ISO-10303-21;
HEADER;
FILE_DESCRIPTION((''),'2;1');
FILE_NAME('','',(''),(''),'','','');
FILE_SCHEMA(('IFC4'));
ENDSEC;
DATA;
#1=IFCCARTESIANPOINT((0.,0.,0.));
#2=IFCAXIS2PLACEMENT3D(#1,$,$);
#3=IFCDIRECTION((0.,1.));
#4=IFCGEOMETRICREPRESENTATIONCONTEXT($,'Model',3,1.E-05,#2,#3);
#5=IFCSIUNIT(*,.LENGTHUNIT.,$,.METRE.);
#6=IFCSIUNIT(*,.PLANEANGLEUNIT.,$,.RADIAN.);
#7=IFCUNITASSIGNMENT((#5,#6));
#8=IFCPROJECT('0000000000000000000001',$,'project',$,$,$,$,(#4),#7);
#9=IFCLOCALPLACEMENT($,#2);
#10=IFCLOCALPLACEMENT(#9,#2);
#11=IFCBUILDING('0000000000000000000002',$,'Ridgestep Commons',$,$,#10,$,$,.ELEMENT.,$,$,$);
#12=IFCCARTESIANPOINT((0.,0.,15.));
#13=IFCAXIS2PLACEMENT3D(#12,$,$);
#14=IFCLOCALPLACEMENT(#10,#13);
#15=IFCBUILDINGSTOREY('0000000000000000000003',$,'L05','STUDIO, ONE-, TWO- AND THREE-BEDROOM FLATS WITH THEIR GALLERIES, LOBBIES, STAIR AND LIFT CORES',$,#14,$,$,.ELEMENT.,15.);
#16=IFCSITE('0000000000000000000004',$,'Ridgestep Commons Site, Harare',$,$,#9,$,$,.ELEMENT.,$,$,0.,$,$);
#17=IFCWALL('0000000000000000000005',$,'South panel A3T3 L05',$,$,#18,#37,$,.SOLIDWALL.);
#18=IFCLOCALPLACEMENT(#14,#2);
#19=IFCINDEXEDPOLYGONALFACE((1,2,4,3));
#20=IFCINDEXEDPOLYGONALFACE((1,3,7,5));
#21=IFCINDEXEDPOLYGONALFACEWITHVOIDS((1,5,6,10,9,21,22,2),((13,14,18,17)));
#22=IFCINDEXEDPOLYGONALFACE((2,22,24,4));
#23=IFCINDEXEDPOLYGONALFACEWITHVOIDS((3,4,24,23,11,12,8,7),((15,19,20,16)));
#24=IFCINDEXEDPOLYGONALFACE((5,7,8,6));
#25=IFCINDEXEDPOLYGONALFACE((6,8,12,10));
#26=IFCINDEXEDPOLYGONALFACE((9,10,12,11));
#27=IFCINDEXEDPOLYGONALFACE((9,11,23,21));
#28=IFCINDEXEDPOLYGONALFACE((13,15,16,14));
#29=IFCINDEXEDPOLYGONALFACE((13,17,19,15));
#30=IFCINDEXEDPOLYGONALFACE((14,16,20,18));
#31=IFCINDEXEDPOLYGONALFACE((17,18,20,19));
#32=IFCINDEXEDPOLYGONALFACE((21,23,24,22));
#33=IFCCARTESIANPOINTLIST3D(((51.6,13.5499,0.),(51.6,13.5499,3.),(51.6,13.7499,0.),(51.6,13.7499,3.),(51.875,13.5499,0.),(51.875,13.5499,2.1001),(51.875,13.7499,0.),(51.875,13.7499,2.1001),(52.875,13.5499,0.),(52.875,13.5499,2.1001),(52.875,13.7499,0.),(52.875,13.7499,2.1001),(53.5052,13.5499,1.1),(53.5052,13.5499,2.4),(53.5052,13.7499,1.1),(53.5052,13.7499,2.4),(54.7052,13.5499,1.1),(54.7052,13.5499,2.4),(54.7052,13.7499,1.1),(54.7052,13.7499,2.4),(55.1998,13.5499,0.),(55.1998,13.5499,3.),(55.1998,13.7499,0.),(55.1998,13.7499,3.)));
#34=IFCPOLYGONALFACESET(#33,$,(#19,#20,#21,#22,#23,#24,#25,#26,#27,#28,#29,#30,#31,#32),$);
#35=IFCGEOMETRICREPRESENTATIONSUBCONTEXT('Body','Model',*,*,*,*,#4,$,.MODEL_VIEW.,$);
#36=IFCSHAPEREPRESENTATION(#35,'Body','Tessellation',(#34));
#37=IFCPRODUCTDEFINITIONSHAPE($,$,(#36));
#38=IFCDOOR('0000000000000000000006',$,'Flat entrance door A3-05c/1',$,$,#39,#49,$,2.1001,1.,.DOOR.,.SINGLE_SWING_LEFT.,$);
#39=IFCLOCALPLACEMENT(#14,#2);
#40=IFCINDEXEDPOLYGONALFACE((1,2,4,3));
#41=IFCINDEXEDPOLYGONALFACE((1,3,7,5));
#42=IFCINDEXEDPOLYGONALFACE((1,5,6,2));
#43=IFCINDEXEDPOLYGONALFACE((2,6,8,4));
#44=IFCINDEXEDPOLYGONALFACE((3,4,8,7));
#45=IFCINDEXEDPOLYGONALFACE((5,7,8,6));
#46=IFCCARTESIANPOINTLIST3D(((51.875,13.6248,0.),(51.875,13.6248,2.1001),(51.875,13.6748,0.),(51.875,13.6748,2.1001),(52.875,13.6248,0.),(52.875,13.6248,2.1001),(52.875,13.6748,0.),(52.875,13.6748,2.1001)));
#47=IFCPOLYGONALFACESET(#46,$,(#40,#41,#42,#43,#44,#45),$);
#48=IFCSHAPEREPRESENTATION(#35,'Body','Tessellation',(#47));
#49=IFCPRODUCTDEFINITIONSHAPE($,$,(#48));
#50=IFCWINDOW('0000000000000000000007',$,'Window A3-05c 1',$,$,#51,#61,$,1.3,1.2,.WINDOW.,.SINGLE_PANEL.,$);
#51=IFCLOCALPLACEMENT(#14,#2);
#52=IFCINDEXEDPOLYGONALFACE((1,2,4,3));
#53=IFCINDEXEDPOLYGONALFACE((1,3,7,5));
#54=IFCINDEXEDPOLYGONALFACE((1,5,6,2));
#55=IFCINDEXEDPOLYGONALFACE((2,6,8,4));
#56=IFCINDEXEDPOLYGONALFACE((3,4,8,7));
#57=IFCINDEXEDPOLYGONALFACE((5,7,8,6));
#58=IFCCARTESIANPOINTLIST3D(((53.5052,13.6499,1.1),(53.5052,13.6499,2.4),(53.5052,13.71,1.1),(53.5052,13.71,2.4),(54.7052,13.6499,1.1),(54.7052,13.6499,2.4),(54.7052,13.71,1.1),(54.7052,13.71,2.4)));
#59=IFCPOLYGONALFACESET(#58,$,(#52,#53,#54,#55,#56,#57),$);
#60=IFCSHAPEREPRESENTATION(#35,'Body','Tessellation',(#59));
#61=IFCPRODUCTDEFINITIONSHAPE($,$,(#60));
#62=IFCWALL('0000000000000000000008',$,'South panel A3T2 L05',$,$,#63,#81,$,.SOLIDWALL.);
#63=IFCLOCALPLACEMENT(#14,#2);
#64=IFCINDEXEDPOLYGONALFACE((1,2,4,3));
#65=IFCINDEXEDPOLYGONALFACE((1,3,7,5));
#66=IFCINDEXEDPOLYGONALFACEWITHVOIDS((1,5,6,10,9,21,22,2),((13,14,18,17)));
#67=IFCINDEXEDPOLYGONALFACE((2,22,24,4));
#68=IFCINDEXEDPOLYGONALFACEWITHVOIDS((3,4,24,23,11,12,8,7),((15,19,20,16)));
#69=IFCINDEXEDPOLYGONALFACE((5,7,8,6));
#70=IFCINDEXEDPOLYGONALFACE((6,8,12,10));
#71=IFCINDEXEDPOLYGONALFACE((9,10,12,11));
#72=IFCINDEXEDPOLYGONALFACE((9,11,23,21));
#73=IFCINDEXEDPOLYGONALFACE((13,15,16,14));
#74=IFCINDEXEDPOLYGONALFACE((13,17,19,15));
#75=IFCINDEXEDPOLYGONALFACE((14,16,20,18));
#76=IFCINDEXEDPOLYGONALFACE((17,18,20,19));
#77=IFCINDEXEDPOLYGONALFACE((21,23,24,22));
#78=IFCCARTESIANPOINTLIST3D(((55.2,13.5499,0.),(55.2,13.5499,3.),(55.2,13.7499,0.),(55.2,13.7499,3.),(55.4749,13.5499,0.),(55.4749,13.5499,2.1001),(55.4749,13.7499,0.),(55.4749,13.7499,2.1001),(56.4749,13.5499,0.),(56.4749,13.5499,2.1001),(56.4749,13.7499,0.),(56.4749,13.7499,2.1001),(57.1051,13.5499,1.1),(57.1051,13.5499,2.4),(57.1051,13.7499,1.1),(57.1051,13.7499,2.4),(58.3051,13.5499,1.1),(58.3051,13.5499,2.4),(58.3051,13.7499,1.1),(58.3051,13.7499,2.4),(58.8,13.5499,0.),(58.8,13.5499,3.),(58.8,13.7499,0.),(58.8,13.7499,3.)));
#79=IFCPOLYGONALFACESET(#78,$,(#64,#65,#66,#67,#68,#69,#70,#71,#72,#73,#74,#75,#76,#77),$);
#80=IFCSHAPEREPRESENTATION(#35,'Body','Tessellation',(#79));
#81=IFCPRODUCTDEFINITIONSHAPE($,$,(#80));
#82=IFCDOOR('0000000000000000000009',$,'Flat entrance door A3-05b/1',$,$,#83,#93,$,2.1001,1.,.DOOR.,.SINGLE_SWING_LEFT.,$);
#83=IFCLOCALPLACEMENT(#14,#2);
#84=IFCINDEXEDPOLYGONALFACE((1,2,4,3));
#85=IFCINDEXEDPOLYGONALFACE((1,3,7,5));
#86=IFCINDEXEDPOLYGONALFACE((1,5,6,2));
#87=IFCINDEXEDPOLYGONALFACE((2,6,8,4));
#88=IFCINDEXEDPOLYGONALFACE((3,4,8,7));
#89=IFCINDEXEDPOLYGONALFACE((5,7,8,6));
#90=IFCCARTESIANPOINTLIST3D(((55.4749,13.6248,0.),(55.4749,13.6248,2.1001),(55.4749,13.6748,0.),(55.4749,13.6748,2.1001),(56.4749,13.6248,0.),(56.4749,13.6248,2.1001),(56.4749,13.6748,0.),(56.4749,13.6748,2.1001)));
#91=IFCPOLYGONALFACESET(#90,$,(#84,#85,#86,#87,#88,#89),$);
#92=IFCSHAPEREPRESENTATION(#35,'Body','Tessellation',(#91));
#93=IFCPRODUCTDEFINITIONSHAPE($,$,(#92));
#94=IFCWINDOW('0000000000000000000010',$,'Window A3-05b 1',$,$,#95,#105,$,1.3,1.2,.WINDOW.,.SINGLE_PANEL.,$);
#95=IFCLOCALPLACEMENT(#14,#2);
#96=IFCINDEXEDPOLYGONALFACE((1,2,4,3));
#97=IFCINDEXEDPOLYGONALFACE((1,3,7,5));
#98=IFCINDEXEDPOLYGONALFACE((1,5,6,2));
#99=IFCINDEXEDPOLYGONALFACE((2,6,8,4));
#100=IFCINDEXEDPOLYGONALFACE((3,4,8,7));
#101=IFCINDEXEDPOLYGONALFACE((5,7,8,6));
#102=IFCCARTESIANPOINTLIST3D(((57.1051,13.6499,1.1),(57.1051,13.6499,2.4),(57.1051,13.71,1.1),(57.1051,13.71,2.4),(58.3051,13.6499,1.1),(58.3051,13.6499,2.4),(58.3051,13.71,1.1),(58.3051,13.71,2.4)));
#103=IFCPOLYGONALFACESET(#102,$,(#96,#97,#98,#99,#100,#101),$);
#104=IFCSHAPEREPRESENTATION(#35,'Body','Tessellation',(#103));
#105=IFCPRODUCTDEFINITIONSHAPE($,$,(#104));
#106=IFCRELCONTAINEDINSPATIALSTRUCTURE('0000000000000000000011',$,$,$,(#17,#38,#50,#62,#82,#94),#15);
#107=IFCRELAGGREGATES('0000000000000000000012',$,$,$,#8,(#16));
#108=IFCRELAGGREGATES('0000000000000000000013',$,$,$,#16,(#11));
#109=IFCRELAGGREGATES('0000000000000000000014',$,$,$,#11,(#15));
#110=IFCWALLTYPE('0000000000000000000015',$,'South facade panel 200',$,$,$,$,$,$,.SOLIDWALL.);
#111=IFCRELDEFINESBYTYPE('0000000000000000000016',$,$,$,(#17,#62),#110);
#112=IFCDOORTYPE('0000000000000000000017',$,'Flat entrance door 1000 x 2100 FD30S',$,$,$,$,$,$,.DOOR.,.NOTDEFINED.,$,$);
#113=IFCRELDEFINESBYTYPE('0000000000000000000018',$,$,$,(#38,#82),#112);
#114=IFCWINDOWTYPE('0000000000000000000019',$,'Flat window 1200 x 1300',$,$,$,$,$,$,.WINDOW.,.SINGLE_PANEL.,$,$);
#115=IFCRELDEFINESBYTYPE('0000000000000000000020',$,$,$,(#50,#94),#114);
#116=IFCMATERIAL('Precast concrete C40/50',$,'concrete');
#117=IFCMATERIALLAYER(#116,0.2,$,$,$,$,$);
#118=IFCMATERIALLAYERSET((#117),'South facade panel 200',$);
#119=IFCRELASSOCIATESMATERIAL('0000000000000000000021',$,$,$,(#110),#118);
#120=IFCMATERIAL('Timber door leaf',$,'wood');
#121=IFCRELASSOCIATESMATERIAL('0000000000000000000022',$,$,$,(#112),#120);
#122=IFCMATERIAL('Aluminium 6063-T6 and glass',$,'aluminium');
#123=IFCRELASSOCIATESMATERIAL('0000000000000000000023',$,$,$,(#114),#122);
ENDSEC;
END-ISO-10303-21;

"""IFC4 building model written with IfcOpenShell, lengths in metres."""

from ifc_helpers import new_model, si_unit, direction, frame, frame_2d, origin, place, context, subcontext, project, spatial, rectangle, extrude, material, layer, layer_set, type_object, element, fill, save


model = new_model("IFC4")

# Units and contexts
model_context = context("Model", 3, precision=1e-05, world=origin(), true_north=direction((0.0, 1.0)))
body_context = subcontext(model_context, "Body", "Model", "MODEL_VIEW")
ifc_project = project(units=[si_unit("LENGTHUNIT", "METRE"), si_unit("PLANEANGLEUNIT", "RADIAN")], contexts=[model_context])

# Site, building, storey
site_placement = place(None, origin())
site = spatial("IfcSite", under=ifc_project, at=site_placement, Name="Ridgestep Commons Site, Harare", CompositionType="ELEMENT", RefElevation=0.0)
building_placement = place(site_placement, origin())
building = spatial("IfcBuilding", under=site, at=building_placement, Name="Ridgestep Commons", CompositionType="ELEMENT")
storey_placement = place(building_placement, frame((0.0, 0.0, 15.0)))
storey = spatial("IfcBuildingStorey", under=building, at=storey_placement, Name="L05", Description="STUDIO, ONE-, TWO- AND THREE-BEDROOM FLATS WITH THEIR GALLERIES, LOBBIES, STAIR AND LIFT CORES", CompositionType="ELEMENT", Elevation=15.0)

# Walls, openings, doors, windows
ifc_material_1 = material(Name="Precast concrete C40/50", Category="concrete")
ifc_layer_1 = layer(ifc_material_1, 0.2)
ifc_layer_set_1 = layer_set([ifc_layer_1], Name="South facade panel 200")
wall_type_1 = type_object("IfcWallType", Name="South facade panel 200", PredefinedType="SOLIDWALL", material=ifc_layer_set_1)
wall_1_placement = place(storey_placement, frame((51.6001, 13.6499, 0.0), z_axis=(0.0, 0.0, 1.0), x_axis=(1.0, 0.0, 0.0)))
wall_1 = element("IfcWall", 1, at=wall_1_placement, inside=storey, type_object=wall_type_1, Name="South panel A3T3 L05", PredefinedType="SOLIDWALL", context=body_context, shape_type="SweptSolid", body=[
    extrude(rectangle(XDim=3.5999, YDim=0.2, at=frame_2d((1.7998, 0.0))), origin(), (0.0, 0.0, 1.0), 3.0),
])
opening_1_placement = place(wall_1_placement, frame((1.905, 0.0, 1.1001)))
opening_1 = element("IfcOpeningElement", 2, at=opening_1_placement, cuts=wall_1, PredefinedType="OPENING", context=body_context, shape_type="SweptSolid", body=[
    extrude(rectangle(XDim=1.2, YDim=1.3, at=frame_2d((0.6001, 0.6499))), frame((0.0, 0.1099, 0.0), z_axis=(0.0, -1.0, 0.0), x_axis=(1.0, 0.0, 0.0)), (0.0, 0.0, 1.0), 0.22),
])
opening_2_placement = place(wall_1_placement, frame((0.2749, 0.0, 0.0)))
opening_2 = element("IfcOpeningElement", 3, at=opening_2_placement, cuts=wall_1, PredefinedType="OPENING", context=body_context, shape_type="SweptSolid", body=[
    extrude(rectangle(XDim=1.0, YDim=2.1001, at=frame_2d((0.5, 1.05))), frame((0.0, 0.1099, 0.0), z_axis=(0.0, -1.0, 0.0), x_axis=(1.0, 0.0, 0.0)), (0.0, 0.0, 1.0), 0.22),
])
ifc_material_2 = material(Name="Timber door leaf", Category="wood")
door_type_1 = type_object("IfcDoorType", Name="Flat entrance door 1000 x 2100 FD30S", OperationType="NOTDEFINED", PredefinedType="DOOR", material=ifc_material_2)
door_1_placement = place(opening_2_placement, origin())
door_1 = element("IfcDoor", 4, at=door_1_placement, inside=storey, type_object=door_type_1, Name="Flat entrance door A3-05c/1", OperationType="SINGLE_SWING_LEFT", OverallHeight=2.1001, OverallWidth=1.0, PredefinedType="DOOR", context=body_context, shape_type="SweptSolid", body=[
    extrude(rectangle(XDim=1.0, YDim=2.1001, at=frame_2d((0.5, 1.05))), frame((0.0, 0.0249, 0.0), z_axis=(0.0, -1.0, 0.0), x_axis=(1.0, 0.0, 0.0)), (0.0, 0.0, 1.0), 0.05),
])
fill(opening_2, door_1)
ifc_material_3 = material(Name="Aluminium 6063-T6 and glass", Category="aluminium")
window_type = type_object("IfcWindowType", Name="Flat window 1200 x 1300", PartitioningType="SINGLE_PANEL", PredefinedType="WINDOW", material=ifc_material_3)
window_1_placement = place(opening_1_placement, origin())
window_1 = element("IfcWindow", 5, at=window_1_placement, inside=storey, type_object=window_type, Name="Window A3-05c 1", OverallHeight=1.3, OverallWidth=1.2, PartitioningType="SINGLE_PANEL", PredefinedType="WINDOW", context=body_context, shape_type="SweptSolid", body=[
    extrude(rectangle(XDim=1.2, YDim=1.3, at=frame_2d((0.6001, 0.6499))), frame((0.0, 0.0601, 0.0), z_axis=(0.0, -1.0, 0.0), x_axis=(1.0, 0.0, 0.0)), (0.0, 0.0, 1.0), 0.0601),
])
fill(opening_1, window_1)
wall_2_placement = place(storey_placement, frame((55.2, 13.6499, 0.0), z_axis=(0.0, 0.0, 1.0), x_axis=(1.0, 0.0, 0.0)))
wall_2 = element("IfcWall", 6, at=wall_2_placement, inside=storey, type_object=wall_type_1, Name="South panel A3T2 L05", PredefinedType="SOLIDWALL", context=body_context, shape_type="SweptSolid", body=[
    extrude(rectangle(XDim=3.6001, YDim=0.2, at=frame_2d((1.8, 0.0))), origin(), (0.0, 0.0, 1.0), 3.0),
])
opening_3_placement = place(wall_2_placement, frame((1.905, 0.0, 1.1001)))
opening_3 = element("IfcOpeningElement", 7, at=opening_3_placement, cuts=wall_2, PredefinedType="OPENING", context=body_context, shape_type="SweptSolid", body=[
    extrude(rectangle(XDim=1.2, YDim=1.3, at=frame_2d((0.6001, 0.6499))), frame((0.0, 0.1099, 0.0), z_axis=(0.0, -1.0, 0.0), x_axis=(1.0, 0.0, 0.0)), (0.0, 0.0, 1.0), 0.22),
])
opening_4_placement = place(wall_2_placement, frame((0.2749, 0.0, 0.0)))
opening_4 = element("IfcOpeningElement", 8, at=opening_4_placement, cuts=wall_2, PredefinedType="OPENING", context=body_context, shape_type="SweptSolid", body=[
    extrude(rectangle(XDim=1.0, YDim=2.1001, at=frame_2d((0.5, 1.05))), frame((0.0, 0.1099, 0.0), z_axis=(0.0, -1.0, 0.0), x_axis=(1.0, 0.0, 0.0)), (0.0, 0.0, 1.0), 0.22),
])
door_2_placement = place(opening_4_placement, origin())
door_2 = element("IfcDoor", 9, at=door_2_placement, inside=storey, type_object=door_type_1, Name="Flat entrance door A3-05b/1", OperationType="SINGLE_SWING_LEFT", OverallHeight=2.1001, OverallWidth=1.0, PredefinedType="DOOR", context=body_context, shape_type="SweptSolid", body=[
    extrude(rectangle(XDim=1.0, YDim=2.1001, at=frame_2d((0.5, 1.05))), frame((0.0, 0.0249, 0.0), z_axis=(0.0, -1.0, 0.0), x_axis=(1.0, 0.0, 0.0)), (0.0, 0.0, 1.0), 0.05),
])
fill(opening_4, door_2)
window_2_placement = place(opening_3_placement, origin())
window_2 = element("IfcWindow", 10, at=window_2_placement, inside=storey, type_object=window_type, Name="Window A3-05b 1", OverallHeight=1.3, OverallWidth=1.2, PartitioningType="SINGLE_PANEL", PredefinedType="WINDOW", context=body_context, shape_type="SweptSolid", body=[
    extrude(rectangle(XDim=1.2, YDim=1.3, at=frame_2d((0.6001, 0.6499))), frame((0.0, 0.0601, 0.0), z_axis=(0.0, -1.0, 0.0), x_axis=(1.0, 0.0, 0.0)), (0.0, 0.0, 1.0), 0.0601),
])
fill(opening_3, window_2)

save(model, "model.ifc")
